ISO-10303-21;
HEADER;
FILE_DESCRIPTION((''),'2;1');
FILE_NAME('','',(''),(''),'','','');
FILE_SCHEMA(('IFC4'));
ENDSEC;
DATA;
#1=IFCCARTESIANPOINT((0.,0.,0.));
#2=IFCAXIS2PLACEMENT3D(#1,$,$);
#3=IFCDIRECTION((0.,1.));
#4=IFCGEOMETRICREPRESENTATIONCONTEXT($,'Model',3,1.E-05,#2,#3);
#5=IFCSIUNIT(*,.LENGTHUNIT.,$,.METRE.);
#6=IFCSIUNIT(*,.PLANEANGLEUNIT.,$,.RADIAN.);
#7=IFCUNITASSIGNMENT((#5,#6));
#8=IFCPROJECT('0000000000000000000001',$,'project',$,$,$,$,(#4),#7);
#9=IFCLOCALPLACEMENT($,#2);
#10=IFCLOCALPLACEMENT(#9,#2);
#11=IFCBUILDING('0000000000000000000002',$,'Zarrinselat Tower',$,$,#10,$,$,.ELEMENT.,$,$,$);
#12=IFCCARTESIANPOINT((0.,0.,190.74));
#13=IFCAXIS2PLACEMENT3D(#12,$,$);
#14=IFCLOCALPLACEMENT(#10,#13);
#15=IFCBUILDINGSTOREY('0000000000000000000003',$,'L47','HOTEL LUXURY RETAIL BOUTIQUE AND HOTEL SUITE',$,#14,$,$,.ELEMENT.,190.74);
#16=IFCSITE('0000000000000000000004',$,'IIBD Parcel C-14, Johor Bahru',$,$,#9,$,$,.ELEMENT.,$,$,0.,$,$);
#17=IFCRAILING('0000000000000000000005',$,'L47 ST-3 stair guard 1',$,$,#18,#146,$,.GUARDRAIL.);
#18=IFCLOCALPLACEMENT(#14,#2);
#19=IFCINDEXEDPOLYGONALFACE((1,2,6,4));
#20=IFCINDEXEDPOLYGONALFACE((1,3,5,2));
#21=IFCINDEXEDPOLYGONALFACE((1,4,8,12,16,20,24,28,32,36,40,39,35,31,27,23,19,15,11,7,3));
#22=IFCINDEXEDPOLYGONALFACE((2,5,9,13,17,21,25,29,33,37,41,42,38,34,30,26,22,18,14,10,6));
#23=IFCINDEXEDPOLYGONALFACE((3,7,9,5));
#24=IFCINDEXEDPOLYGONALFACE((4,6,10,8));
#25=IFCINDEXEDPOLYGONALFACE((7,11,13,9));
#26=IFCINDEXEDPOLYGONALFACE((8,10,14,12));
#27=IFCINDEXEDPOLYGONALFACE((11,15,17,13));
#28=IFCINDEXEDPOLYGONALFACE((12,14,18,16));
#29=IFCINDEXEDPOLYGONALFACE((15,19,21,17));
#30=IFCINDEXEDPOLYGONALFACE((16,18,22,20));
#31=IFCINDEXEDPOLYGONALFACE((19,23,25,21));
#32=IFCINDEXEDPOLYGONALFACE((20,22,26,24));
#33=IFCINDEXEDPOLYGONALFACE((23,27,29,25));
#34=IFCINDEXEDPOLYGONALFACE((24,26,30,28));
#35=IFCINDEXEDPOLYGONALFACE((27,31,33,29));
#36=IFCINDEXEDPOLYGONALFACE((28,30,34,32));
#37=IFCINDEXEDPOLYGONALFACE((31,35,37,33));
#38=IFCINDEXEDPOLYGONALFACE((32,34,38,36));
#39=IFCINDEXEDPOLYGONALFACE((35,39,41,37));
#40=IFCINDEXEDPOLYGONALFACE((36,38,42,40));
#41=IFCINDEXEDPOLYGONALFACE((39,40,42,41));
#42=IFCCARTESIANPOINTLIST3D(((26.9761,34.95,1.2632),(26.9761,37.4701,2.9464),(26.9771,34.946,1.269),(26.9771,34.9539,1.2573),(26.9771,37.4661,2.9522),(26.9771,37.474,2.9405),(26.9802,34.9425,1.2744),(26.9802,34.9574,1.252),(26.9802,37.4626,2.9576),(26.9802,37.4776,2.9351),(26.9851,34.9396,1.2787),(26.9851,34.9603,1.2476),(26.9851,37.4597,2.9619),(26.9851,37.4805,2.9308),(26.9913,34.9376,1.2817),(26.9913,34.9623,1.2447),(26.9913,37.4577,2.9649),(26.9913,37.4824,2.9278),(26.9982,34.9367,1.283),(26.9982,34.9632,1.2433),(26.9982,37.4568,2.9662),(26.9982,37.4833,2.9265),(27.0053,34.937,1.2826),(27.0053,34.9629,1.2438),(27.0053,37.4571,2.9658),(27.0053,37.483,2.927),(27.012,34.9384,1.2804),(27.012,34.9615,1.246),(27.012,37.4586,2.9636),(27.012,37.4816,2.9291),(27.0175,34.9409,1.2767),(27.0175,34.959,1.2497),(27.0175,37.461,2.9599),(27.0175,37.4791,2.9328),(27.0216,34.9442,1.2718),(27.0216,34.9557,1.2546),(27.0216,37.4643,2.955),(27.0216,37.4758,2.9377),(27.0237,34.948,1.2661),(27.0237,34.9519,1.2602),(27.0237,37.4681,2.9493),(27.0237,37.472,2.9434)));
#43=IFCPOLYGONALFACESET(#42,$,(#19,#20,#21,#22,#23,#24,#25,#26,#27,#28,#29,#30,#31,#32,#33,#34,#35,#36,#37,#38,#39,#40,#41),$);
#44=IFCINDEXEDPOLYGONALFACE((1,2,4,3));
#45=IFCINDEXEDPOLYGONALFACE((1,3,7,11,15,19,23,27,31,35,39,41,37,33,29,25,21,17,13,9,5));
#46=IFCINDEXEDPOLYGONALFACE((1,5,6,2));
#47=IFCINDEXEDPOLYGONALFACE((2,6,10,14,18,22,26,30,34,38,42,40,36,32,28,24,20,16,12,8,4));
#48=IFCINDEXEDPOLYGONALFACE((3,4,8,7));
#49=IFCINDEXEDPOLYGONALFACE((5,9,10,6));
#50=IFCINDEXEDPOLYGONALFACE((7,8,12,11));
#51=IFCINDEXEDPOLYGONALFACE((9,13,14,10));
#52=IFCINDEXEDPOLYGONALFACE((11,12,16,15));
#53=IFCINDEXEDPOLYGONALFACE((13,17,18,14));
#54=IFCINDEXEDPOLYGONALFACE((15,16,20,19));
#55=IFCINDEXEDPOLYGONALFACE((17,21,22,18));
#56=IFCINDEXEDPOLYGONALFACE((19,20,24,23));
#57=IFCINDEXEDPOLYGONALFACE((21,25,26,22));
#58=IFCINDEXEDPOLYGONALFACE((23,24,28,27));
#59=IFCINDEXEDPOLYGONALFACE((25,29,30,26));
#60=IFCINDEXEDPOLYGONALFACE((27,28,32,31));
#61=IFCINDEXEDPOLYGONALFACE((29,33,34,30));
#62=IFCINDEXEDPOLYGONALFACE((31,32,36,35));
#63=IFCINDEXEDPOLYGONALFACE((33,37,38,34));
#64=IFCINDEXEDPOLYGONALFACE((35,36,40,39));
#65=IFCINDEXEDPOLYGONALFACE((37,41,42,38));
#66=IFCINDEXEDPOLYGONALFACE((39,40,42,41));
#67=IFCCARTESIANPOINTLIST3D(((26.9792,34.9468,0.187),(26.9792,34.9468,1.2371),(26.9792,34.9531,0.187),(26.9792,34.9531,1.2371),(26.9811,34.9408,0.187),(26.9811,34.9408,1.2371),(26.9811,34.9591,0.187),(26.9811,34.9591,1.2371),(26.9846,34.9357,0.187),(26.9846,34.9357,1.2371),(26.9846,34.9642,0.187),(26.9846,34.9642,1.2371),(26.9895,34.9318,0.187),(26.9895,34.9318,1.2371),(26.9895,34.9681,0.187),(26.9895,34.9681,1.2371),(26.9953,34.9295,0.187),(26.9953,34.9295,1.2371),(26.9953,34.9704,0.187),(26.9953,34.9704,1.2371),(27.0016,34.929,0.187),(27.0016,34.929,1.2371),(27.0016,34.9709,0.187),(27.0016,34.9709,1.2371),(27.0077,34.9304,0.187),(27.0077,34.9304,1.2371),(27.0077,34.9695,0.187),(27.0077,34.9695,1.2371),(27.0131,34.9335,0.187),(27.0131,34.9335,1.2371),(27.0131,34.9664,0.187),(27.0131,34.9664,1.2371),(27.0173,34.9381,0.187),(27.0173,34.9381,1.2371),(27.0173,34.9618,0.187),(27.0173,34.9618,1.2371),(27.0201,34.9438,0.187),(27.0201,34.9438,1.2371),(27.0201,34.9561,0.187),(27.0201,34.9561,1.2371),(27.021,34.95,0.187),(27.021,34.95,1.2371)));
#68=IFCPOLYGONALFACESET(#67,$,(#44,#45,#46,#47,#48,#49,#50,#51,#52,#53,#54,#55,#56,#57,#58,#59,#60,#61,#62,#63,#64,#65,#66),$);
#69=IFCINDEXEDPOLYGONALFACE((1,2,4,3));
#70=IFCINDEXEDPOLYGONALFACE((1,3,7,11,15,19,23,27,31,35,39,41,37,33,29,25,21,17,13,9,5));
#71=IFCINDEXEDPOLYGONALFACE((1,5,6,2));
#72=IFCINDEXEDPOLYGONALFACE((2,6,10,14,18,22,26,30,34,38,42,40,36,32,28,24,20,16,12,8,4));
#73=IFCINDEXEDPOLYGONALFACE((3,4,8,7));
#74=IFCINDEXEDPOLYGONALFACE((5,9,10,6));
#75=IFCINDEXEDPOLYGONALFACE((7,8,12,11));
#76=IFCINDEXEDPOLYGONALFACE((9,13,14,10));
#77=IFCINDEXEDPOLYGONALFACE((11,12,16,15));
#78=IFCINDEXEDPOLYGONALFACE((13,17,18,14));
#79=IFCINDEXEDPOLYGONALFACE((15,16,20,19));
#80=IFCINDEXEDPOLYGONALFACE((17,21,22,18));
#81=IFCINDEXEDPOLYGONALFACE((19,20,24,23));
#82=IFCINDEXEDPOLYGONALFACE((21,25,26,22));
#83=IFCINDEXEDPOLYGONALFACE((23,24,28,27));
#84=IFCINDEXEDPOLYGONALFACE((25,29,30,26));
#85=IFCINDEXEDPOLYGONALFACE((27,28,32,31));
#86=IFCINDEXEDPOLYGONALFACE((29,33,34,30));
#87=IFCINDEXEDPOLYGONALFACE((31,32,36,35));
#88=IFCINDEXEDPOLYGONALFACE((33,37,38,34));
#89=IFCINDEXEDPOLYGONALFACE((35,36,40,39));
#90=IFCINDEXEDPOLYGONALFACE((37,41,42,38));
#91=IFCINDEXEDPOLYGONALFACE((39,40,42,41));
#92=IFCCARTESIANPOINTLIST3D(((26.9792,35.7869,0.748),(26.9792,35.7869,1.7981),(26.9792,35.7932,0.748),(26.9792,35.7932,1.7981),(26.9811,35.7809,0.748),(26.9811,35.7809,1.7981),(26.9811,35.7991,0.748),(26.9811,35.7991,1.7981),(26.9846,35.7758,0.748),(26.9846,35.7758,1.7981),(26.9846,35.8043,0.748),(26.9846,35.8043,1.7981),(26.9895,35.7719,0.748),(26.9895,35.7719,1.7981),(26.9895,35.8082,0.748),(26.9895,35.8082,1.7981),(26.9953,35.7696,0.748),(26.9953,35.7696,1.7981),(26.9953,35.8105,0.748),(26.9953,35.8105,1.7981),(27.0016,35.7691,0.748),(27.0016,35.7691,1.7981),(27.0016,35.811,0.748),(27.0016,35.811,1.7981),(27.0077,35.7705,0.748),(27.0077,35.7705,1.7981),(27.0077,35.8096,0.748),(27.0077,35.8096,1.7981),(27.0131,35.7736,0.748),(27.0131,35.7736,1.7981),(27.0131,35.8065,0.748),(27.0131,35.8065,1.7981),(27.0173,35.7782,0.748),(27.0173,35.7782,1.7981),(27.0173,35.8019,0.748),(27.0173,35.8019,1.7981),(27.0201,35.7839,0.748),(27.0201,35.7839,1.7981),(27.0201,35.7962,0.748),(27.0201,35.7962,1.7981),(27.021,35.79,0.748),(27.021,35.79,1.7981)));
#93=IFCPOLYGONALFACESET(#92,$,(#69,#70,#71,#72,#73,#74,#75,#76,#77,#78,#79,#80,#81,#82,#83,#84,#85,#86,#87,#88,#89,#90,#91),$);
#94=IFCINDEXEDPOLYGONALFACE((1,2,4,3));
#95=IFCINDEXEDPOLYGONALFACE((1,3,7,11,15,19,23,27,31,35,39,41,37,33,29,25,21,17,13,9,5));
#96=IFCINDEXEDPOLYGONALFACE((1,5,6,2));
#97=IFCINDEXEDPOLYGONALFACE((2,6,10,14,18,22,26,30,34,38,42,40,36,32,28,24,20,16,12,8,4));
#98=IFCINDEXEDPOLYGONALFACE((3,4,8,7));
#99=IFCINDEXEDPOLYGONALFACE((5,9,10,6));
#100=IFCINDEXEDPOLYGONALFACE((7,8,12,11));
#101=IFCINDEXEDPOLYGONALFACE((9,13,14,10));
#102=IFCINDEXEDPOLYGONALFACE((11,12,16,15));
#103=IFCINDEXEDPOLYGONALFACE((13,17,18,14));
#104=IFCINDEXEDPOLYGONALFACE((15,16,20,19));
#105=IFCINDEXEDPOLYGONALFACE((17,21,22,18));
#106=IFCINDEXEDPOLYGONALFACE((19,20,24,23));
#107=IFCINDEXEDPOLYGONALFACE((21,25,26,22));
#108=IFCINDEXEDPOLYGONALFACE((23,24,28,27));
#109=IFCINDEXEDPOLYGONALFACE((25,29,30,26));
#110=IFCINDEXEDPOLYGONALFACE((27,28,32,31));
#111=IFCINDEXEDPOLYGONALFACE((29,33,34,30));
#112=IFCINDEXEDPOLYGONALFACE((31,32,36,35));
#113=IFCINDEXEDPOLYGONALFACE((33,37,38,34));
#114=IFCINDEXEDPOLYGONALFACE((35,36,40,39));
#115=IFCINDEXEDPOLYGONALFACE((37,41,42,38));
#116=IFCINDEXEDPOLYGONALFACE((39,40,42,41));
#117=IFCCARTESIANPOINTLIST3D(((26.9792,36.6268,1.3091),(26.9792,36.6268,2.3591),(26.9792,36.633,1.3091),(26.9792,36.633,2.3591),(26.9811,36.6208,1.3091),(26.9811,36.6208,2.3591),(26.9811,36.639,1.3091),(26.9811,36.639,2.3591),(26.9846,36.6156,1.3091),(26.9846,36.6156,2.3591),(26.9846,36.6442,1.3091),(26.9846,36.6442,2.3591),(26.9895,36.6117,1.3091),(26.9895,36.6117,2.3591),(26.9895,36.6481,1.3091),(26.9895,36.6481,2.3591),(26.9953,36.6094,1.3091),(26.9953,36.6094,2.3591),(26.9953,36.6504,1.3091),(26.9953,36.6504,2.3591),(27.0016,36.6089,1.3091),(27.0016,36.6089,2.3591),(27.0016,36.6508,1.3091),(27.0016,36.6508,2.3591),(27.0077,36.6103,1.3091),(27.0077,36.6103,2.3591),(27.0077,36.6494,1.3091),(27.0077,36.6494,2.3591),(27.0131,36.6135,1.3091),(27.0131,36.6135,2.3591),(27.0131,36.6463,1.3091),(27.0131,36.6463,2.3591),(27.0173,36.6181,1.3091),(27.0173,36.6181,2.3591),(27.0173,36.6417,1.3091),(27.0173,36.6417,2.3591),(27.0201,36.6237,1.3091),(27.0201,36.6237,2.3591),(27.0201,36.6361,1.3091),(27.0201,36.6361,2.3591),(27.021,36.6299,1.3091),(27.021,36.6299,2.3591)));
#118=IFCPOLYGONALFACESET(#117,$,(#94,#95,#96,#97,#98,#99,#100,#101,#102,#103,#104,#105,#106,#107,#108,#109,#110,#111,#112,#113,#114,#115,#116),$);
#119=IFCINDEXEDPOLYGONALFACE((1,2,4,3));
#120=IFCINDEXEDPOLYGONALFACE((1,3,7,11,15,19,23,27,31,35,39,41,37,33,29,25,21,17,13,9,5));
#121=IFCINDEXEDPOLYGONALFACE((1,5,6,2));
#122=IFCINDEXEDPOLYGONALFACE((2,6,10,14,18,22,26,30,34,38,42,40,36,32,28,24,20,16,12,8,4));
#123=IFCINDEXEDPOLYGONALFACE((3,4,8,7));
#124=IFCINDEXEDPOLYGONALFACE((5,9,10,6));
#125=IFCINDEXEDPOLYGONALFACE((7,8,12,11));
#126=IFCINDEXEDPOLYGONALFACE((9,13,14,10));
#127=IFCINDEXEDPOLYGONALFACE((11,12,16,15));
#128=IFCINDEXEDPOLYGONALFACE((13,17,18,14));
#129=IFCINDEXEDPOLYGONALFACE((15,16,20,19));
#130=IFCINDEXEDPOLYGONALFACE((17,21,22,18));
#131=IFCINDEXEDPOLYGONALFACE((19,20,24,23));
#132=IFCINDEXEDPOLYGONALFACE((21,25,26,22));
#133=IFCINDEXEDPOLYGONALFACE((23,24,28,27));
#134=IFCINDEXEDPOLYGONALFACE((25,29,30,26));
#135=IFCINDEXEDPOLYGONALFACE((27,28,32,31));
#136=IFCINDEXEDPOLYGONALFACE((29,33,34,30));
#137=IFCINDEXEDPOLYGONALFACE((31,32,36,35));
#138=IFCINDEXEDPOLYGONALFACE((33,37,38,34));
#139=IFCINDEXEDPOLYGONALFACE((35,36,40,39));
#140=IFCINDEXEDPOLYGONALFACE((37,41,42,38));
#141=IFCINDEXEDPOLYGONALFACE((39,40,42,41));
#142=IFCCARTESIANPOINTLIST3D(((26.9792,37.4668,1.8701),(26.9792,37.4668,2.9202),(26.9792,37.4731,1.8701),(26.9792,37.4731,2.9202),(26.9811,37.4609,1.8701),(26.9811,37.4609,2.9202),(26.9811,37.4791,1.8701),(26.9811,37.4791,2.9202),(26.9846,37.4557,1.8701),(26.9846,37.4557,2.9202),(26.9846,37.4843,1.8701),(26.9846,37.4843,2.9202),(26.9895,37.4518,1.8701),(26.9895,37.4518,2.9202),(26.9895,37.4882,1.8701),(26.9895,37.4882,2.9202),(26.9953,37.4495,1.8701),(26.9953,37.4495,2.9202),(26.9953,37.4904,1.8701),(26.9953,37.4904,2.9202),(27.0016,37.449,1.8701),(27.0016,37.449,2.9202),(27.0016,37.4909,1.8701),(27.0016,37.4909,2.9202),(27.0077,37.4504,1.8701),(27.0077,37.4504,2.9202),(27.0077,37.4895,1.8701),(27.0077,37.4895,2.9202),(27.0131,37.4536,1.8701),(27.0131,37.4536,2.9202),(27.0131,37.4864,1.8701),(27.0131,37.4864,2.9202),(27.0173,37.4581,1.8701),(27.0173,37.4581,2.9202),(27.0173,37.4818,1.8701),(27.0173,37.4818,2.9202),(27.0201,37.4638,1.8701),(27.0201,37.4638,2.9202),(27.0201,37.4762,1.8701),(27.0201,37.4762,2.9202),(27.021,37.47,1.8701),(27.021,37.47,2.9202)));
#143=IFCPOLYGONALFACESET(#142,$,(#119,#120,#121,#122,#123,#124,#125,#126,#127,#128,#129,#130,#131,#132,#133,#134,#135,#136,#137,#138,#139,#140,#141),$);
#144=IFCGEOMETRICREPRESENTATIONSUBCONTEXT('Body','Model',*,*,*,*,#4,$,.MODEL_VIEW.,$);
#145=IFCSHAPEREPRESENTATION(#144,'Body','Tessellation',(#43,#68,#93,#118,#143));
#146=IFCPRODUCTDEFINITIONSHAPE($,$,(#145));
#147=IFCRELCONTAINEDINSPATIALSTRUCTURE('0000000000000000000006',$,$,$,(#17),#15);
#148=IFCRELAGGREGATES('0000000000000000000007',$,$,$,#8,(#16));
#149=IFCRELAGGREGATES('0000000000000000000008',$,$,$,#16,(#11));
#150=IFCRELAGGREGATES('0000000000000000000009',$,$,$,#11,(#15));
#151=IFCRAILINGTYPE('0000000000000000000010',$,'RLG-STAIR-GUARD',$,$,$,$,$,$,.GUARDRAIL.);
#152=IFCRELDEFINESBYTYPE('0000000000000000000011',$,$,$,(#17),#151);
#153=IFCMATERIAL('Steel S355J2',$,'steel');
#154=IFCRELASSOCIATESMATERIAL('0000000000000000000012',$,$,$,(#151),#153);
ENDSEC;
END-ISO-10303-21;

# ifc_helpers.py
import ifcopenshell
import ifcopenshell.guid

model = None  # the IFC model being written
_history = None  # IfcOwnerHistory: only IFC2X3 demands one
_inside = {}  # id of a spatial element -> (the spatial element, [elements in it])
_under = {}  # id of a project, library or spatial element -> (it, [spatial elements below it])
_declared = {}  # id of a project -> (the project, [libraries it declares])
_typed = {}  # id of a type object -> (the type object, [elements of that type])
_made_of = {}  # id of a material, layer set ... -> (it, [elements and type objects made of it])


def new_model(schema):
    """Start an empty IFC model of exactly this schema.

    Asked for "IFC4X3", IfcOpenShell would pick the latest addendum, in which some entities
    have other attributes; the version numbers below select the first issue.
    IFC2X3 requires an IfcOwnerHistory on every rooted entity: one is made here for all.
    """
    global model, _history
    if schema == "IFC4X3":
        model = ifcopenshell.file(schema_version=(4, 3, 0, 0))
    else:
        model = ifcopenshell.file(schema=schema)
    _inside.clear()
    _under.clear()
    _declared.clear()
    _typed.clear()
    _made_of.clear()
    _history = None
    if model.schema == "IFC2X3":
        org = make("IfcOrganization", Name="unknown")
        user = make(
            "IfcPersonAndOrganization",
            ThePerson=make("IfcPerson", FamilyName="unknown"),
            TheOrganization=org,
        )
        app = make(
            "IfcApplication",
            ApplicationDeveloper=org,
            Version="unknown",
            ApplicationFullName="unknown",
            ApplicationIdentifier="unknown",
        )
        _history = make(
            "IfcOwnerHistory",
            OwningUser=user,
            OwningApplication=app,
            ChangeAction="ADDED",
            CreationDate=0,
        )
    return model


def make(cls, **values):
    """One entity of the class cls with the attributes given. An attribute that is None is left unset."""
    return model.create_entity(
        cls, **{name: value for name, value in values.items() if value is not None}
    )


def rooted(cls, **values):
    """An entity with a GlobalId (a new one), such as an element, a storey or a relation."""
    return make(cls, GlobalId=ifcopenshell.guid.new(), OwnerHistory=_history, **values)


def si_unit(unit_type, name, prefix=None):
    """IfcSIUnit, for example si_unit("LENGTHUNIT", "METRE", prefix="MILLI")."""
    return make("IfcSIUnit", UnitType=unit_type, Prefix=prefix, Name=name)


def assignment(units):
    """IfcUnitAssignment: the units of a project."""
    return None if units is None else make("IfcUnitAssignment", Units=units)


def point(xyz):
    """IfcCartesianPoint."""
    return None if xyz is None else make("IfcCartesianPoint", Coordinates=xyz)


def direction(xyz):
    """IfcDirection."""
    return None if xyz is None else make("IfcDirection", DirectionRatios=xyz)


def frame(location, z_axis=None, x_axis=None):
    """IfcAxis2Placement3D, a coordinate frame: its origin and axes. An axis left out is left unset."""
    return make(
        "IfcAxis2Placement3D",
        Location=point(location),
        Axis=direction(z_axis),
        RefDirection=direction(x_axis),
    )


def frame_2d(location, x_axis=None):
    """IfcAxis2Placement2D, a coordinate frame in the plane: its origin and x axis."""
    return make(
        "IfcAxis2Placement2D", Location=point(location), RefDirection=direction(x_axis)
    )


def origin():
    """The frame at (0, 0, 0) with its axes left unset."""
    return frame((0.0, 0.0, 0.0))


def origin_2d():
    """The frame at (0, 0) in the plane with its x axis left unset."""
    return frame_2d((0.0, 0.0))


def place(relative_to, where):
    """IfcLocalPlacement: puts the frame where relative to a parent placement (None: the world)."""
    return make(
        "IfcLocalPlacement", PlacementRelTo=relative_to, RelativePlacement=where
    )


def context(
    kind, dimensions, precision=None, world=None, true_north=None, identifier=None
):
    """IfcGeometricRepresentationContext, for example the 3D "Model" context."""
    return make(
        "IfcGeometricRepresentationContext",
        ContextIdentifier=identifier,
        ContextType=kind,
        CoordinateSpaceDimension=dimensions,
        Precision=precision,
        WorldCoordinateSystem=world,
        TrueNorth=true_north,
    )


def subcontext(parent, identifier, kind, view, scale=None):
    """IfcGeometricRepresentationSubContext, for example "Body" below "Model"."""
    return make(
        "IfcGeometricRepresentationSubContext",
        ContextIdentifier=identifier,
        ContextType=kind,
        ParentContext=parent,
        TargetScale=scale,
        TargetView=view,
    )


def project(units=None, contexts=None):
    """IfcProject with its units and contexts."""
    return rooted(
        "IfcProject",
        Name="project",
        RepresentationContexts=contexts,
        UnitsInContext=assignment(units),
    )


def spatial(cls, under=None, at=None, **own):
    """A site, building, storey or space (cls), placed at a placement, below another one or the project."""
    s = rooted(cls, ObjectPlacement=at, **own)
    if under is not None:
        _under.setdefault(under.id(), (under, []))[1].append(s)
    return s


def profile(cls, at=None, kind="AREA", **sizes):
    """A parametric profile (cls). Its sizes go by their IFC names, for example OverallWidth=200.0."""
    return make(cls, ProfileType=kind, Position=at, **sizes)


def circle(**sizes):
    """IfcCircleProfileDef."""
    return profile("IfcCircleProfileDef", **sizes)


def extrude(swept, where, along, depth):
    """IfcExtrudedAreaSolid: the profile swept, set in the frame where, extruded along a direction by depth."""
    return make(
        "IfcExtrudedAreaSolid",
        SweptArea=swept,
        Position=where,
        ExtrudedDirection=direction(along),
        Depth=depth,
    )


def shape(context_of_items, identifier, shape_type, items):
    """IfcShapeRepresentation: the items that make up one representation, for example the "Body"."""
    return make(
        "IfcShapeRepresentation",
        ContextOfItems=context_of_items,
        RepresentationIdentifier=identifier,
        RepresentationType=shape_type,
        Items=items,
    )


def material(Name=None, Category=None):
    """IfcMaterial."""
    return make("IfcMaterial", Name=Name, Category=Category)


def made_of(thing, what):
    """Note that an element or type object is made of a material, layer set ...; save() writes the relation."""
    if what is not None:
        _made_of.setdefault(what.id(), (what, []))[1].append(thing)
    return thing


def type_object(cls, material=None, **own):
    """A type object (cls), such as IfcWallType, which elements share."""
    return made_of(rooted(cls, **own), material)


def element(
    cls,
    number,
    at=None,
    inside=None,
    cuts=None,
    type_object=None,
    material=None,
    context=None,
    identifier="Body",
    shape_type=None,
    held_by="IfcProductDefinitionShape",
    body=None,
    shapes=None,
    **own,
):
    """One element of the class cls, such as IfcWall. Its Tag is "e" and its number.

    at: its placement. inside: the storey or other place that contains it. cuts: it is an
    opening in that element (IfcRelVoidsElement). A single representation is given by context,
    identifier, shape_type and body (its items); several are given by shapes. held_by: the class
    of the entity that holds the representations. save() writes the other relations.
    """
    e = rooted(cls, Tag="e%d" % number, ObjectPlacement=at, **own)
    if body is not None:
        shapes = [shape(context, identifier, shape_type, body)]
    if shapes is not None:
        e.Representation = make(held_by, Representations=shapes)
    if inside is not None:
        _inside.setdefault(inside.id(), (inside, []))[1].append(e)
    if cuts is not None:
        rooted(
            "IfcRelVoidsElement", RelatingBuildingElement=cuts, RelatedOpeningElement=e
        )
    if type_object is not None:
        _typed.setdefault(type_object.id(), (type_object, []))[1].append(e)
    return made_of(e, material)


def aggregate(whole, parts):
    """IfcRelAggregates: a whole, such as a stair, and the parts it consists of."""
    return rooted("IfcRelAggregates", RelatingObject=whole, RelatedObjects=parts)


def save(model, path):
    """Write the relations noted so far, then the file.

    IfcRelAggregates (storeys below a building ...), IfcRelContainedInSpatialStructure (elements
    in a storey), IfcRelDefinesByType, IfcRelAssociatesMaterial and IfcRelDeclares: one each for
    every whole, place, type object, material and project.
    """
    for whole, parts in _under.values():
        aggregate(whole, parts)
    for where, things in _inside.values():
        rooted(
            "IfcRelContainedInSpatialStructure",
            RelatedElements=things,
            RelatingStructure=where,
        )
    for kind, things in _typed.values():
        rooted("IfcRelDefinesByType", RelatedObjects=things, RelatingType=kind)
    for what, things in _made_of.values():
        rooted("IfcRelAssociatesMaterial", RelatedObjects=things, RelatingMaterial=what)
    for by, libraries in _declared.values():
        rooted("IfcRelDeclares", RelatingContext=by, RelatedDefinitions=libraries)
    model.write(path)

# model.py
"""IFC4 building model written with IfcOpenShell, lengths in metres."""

from ifc_helpers import new_model, si_unit, direction, frame, origin, origin_2d, place, context, subcontext, project, spatial, circle, extrude, material, type_object, element, save


model = new_model("IFC4")

# Units and contexts
model_context = context("Model", 3, precision=1e-05, world=origin(), true_north=direction((0.0, 1.0)))
body_context = subcontext(model_context, "Body", "Model", "MODEL_VIEW")
ifc_project = project(units=[si_unit("LENGTHUNIT", "METRE"), si_unit("PLANEANGLEUNIT", "RADIAN")], contexts=[model_context])

# Site, building, storey
site_placement = place(None, origin())
site = spatial("IfcSite", under=ifc_project, at=site_placement, Name="IIBD Parcel C-14, Johor Bahru", CompositionType="ELEMENT", RefElevation=0.0)
building_placement = place(site_placement, origin())
building = spatial("IfcBuilding", under=site, at=building_placement, Name="Zarrinselat Tower", CompositionType="ELEMENT")
storey_placement = place(building_placement, frame((0.0, 0.0, 190.74)))
storey = spatial("IfcBuildingStorey", under=building, at=storey_placement, Name="L47", Description="HOTEL LUXURY RETAIL BOUTIQUE AND HOTEL SUITE", CompositionType="ELEMENT", Elevation=190.74)

# Railing
ifc_material_1 = material(Name="Steel S355J2", Category="steel")
railing_type_1 = type_object("IfcRailingType", Name="RLG-STAIR-GUARD", PredefinedType="GUARDRAIL", material=ifc_material_1)
railing_1_placement = place(storey_placement, frame((27.0, 34.95, 0.187)))
element("IfcRailing", 1, at=railing_1_placement, inside=storey, type_object=railing_type_1, Name="L47 ST-3 stair guard 1", PredefinedType="GUARDRAIL", context=body_context, shape_type="SweptSolid", body=[
    extrude(circle(Radius=0.0239, at=origin_2d()), frame((0.0, 0.0, 1.0762), z_axis=(0.0, 0.831579, 0.555406), x_axis=(-1.0, 0.0, 0.0)), (0.0, 0.0, 1.0), 3.0305),
    extrude(circle(Radius=0.021, at=origin_2d()), origin(), (0.0, 0.0, 1.0), 1.05),
    extrude(circle(Radius=0.021, at=origin_2d()), frame((0.0, 0.8401, 0.561)), (0.0, 0.0, 1.0), 1.05),
    extrude(circle(Radius=0.021, at=origin_2d()), frame((0.0, 1.6799, 1.1221)), (0.0, 0.0, 1.0), 1.05),
    extrude(circle(Radius=0.021, at=origin_2d()), frame((0.0, 2.52, 1.6831)), (0.0, 0.0, 1.0), 1.05),
])

save(model, "model.ifc")
